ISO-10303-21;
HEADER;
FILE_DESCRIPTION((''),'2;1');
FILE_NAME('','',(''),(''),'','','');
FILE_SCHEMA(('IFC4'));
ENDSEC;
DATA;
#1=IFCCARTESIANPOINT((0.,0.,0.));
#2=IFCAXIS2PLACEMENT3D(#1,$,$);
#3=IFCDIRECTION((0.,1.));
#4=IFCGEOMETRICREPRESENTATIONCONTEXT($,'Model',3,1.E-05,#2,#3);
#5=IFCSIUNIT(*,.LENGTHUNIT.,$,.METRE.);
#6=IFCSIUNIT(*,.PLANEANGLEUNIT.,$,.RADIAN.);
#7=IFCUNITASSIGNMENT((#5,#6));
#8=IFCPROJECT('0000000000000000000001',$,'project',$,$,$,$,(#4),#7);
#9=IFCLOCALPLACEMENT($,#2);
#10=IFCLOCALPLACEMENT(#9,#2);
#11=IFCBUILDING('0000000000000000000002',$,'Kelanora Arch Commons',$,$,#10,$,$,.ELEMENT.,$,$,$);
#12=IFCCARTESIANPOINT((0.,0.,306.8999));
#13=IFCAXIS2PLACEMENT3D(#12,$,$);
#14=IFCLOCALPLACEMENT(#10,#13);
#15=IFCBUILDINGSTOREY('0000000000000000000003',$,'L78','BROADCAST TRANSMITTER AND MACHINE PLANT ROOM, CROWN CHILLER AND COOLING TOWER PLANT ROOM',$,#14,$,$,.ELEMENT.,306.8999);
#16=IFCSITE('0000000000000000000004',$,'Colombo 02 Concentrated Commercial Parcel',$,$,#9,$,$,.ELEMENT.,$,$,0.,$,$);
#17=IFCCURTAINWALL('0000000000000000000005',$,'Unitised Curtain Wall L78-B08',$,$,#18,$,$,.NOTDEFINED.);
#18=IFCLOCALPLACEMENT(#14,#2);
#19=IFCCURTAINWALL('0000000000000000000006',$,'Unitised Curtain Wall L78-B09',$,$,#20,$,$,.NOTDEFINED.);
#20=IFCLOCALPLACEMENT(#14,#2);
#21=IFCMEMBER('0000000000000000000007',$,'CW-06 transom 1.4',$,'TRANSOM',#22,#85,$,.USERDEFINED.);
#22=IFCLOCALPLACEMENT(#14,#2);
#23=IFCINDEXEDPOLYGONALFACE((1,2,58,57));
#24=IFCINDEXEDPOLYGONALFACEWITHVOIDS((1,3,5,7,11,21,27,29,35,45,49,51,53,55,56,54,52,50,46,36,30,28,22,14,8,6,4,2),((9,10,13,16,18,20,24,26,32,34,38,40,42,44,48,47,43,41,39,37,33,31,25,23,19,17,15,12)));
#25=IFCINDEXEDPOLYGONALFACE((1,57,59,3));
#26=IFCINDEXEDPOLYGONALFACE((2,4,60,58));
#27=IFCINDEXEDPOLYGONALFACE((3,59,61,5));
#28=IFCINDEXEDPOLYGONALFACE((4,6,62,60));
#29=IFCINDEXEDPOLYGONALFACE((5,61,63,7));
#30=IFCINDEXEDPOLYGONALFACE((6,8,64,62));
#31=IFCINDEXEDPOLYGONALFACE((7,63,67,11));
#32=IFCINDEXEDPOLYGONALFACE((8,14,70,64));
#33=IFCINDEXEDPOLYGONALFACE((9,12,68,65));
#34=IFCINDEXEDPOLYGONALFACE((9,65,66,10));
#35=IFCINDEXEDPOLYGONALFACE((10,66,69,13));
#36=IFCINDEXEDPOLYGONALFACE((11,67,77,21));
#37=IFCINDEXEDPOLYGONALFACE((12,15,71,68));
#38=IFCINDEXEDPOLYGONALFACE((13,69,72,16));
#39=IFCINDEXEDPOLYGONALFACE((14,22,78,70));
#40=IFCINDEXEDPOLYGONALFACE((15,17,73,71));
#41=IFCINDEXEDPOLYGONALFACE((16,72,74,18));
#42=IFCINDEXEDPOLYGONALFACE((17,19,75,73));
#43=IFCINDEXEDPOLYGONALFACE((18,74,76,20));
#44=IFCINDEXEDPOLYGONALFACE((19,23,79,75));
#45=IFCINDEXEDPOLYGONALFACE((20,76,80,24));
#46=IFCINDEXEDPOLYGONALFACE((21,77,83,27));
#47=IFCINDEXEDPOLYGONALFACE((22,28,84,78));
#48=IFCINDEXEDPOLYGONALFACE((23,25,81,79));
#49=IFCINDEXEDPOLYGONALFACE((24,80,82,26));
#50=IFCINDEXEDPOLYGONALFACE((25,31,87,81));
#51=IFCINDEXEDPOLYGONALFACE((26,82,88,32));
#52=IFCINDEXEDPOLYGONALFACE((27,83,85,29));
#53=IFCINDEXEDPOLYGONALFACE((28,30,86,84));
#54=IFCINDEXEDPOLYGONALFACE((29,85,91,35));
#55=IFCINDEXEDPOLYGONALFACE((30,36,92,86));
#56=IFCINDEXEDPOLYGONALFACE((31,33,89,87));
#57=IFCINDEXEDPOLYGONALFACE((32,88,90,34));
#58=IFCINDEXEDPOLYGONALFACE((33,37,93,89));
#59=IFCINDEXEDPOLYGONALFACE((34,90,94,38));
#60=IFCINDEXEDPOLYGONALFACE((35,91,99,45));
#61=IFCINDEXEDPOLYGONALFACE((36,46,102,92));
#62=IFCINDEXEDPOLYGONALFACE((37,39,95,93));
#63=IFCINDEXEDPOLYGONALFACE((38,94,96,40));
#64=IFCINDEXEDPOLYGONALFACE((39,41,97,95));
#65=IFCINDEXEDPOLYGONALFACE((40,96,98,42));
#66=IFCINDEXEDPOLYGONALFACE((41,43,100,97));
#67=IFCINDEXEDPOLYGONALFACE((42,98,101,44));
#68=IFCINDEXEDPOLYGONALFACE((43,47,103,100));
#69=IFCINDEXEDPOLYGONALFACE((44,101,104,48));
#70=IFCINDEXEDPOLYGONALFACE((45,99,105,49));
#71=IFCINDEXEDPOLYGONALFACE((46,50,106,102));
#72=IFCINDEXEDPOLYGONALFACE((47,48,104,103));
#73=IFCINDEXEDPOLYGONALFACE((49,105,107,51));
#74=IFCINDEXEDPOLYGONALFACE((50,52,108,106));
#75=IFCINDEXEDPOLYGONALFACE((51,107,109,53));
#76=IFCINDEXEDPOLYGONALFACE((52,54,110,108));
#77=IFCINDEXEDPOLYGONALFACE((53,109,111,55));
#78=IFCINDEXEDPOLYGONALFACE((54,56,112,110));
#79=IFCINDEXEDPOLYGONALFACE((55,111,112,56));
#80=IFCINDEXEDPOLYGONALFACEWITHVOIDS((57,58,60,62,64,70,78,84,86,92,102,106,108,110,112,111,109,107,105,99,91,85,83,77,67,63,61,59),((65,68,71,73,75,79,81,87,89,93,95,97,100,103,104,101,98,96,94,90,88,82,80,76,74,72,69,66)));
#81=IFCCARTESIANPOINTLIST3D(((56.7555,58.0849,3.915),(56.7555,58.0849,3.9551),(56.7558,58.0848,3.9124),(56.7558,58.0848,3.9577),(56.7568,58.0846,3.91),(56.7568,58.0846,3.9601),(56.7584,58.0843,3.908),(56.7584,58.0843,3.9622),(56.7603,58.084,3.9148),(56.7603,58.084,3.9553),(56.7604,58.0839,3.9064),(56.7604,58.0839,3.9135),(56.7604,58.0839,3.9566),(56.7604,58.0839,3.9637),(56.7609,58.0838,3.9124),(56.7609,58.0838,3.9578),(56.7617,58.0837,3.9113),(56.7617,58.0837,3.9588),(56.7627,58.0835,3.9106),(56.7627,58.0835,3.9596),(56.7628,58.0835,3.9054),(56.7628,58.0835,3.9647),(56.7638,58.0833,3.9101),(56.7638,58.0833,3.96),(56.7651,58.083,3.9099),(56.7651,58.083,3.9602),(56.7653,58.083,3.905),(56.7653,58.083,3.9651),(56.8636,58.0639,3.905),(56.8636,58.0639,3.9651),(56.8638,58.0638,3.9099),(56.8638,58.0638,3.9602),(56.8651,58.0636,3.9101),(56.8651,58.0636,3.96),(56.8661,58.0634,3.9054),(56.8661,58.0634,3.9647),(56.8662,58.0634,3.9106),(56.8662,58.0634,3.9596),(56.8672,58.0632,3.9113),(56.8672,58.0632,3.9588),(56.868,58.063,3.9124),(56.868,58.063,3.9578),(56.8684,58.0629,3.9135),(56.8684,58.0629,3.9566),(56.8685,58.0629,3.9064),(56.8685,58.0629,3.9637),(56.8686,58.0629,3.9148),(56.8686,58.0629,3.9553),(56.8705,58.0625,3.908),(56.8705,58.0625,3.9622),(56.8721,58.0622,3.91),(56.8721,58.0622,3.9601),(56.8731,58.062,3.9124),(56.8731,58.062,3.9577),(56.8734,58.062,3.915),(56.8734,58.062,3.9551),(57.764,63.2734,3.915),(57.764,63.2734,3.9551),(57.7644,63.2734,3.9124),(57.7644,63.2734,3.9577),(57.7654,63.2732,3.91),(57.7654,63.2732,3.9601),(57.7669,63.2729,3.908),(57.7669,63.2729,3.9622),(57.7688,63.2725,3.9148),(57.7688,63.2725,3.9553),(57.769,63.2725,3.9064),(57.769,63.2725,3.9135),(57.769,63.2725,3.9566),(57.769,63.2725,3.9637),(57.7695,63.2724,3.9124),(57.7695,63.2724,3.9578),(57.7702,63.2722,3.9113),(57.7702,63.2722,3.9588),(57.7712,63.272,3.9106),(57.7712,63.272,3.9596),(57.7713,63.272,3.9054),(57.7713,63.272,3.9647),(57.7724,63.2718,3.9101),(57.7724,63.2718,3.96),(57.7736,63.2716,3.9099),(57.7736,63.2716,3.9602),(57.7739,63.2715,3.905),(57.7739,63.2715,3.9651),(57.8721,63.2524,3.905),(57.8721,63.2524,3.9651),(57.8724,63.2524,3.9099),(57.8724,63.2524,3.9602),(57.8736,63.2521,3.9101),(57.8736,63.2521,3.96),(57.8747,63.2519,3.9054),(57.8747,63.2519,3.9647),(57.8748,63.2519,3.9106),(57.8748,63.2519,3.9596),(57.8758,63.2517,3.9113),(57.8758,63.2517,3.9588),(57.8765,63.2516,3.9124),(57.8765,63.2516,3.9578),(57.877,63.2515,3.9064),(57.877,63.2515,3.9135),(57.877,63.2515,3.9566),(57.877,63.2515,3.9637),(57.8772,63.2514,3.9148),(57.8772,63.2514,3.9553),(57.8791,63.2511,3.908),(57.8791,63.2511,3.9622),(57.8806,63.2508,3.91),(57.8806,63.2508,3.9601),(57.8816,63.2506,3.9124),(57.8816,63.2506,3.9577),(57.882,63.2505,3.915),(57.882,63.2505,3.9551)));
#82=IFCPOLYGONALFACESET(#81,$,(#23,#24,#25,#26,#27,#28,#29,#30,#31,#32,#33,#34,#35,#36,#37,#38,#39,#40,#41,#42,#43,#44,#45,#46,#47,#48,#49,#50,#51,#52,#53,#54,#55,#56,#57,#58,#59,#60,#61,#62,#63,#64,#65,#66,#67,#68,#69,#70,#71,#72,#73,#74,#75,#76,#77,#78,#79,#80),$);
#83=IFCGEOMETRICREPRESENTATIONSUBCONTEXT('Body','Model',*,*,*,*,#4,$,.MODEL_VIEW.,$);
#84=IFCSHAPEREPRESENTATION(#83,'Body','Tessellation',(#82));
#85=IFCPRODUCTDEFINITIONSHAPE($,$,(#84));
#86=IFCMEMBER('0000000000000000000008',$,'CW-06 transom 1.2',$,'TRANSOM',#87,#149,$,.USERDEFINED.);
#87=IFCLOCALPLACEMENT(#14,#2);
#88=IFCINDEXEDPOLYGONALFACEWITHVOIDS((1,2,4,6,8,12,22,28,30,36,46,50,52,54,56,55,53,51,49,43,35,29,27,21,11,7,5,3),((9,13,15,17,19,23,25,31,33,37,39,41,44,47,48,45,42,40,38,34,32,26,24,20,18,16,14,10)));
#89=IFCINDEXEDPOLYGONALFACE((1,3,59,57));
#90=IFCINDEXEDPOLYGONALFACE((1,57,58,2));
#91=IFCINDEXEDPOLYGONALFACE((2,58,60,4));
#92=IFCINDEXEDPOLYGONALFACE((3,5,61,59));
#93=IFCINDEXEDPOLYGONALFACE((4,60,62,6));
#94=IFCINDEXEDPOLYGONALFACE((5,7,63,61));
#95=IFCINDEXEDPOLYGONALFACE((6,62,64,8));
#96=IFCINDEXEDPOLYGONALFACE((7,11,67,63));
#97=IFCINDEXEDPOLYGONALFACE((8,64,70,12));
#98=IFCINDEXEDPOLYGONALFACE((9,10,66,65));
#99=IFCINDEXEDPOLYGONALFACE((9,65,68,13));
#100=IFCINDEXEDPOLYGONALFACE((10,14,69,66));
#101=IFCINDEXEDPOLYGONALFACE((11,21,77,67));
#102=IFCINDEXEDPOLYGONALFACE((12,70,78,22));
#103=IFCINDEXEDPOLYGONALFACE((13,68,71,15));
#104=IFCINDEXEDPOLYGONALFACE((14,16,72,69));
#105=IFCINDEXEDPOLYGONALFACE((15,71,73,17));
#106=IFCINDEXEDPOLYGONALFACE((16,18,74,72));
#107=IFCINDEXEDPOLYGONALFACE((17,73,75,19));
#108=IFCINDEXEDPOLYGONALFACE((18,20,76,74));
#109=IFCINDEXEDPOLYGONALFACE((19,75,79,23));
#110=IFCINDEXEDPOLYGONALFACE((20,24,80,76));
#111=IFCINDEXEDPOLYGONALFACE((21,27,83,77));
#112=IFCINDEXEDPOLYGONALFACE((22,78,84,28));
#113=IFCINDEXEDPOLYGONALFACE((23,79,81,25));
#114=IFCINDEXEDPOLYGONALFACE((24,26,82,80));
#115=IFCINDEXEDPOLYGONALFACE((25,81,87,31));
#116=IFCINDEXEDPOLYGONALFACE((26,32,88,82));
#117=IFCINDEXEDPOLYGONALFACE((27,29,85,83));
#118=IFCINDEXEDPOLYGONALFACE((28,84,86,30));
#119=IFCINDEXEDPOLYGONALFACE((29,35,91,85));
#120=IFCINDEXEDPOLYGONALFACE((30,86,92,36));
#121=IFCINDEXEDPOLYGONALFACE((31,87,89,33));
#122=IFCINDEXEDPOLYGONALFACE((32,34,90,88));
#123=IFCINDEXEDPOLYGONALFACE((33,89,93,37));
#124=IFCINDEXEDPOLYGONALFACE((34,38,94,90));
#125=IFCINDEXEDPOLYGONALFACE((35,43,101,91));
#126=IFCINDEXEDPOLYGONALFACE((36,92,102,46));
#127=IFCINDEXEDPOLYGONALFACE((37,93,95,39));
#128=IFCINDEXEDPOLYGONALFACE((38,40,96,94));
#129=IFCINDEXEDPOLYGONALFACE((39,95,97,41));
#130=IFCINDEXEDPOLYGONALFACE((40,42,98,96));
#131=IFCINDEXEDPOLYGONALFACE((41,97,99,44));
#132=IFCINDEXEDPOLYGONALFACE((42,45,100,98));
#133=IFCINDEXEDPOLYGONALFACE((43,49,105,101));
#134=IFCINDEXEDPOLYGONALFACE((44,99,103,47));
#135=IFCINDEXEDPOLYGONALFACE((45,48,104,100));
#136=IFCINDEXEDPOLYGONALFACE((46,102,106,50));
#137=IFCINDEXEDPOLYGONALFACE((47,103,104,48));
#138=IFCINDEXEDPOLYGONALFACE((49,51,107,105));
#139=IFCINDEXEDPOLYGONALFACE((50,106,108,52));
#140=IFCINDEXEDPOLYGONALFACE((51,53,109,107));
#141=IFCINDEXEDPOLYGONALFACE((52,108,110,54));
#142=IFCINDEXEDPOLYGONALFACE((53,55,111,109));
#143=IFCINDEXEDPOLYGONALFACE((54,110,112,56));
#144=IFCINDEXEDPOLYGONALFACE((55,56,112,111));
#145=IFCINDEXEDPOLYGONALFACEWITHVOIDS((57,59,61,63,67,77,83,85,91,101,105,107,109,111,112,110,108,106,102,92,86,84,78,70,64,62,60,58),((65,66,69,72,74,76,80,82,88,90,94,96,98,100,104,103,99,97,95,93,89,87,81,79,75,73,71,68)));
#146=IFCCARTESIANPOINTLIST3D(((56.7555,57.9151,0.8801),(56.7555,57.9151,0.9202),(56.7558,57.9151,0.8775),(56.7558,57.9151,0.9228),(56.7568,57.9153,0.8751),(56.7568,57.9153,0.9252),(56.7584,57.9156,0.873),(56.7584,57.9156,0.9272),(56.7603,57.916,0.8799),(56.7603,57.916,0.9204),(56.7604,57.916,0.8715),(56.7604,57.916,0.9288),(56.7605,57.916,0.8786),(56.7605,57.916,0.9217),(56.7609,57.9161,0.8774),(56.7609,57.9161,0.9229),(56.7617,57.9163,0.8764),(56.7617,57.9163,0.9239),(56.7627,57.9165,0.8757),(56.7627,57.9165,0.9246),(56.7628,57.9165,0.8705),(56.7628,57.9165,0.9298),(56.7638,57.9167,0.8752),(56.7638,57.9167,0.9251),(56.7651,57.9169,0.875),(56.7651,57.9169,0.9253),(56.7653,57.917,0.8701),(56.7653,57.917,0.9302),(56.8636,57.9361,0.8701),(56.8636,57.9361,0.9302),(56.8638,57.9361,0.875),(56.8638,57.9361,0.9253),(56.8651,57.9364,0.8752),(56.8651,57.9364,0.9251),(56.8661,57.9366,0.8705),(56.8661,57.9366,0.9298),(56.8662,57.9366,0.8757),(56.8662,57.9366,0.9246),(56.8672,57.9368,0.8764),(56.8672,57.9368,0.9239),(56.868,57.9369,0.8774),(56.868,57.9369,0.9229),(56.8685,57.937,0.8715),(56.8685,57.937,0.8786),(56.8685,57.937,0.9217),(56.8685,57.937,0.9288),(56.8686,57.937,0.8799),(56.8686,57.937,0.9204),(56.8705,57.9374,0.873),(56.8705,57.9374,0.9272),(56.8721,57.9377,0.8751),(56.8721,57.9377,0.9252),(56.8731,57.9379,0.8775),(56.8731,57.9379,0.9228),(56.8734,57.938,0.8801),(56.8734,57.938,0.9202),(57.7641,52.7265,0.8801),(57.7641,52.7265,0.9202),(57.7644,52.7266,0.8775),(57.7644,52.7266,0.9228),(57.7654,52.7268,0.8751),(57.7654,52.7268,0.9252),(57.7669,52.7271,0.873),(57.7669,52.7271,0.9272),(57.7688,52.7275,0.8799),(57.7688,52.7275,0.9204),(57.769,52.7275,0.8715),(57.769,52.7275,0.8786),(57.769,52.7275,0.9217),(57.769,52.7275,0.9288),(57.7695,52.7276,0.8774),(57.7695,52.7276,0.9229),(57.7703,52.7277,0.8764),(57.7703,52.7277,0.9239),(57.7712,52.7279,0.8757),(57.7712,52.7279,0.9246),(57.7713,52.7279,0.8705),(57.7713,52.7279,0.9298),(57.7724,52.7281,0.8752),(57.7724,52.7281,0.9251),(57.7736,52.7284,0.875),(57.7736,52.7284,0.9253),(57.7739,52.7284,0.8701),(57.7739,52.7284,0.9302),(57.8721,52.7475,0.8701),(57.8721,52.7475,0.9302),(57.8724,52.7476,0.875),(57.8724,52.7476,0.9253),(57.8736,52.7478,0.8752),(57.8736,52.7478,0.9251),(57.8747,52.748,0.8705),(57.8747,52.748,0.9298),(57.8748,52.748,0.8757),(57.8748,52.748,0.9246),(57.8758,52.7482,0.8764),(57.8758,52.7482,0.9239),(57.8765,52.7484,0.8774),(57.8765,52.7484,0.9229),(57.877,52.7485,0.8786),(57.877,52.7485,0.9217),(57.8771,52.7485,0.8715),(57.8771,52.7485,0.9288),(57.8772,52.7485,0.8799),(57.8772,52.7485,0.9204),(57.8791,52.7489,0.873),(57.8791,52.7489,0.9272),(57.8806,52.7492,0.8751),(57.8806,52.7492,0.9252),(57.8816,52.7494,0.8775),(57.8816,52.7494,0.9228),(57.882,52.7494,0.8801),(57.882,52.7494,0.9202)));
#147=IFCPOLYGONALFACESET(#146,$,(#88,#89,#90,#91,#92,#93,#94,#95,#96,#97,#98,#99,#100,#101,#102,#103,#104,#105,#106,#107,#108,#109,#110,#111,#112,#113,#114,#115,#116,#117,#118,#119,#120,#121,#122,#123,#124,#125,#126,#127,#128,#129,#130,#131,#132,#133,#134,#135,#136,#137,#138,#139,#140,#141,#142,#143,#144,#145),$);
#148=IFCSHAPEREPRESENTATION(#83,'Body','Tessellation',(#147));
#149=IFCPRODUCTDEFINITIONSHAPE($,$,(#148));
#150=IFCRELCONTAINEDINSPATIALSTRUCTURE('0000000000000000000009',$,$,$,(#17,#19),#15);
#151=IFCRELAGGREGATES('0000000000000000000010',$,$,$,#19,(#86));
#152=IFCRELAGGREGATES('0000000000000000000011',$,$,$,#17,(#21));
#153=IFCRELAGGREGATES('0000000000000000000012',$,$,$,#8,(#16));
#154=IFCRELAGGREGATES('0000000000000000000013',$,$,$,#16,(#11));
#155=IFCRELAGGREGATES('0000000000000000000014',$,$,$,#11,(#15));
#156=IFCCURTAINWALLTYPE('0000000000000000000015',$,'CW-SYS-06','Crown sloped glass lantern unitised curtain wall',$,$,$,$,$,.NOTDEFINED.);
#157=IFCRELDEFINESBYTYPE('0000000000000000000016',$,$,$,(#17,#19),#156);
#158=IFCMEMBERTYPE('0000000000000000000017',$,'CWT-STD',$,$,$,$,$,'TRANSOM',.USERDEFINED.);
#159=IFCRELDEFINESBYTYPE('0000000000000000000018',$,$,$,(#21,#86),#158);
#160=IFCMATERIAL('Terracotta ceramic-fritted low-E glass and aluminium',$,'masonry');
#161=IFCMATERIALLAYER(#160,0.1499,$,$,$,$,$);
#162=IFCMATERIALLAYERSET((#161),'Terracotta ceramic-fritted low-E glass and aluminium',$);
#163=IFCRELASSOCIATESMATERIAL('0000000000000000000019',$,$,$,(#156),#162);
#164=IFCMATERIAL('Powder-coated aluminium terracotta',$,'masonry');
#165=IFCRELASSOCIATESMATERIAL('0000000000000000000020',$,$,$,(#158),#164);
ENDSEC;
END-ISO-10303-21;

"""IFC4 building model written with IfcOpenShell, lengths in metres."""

from ifc_helpers import new_model, si_unit, direction, frame, origin, origin_2d, place, context, subcontext, project, spatial, hollow_rectangle, extrude, material, layer, layer_set, material_profile, profile_set, type_object, element, aggregate, save


model = new_model("IFC4")

# Units and contexts
model_context = context("Model", 3, precision=1e-05, world=origin(), true_north=direction((0.0, 1.0)))
body_context = subcontext(model_context, "Body", "Model", "MODEL_VIEW")
ifc_project = project(units=[si_unit("LENGTHUNIT", "METRE"), si_unit("PLANEANGLEUNIT", "RADIAN")], contexts=[model_context])

# Site, building, storey
site_placement = place(None, origin())
site = spatial("IfcSite", under=ifc_project, at=site_placement, Name="Colombo 02 Concentrated Commercial Parcel", CompositionType="ELEMENT", RefElevation=0.0)
building_placement = place(site_placement, origin())
building = spatial("IfcBuilding", under=site, at=building_placement, Name="Kelanora Arch Commons", CompositionType="ELEMENT")
storey_placement = place(building_placement, frame((0.0, 0.0, 306.8999)))
storey = spatial("IfcBuildingStorey", under=building, at=storey_placement, Name="L78", Description="BROADCAST TRANSMITTER AND MACHINE PLANT ROOM, CROWN CHILLER AND COOLING TOWER PLANT ROOM", CompositionType="ELEMENT", Elevation=306.8999)

# Shared definitions
ifc_material_1 = material(Name="Terracotta ceramic-fritted low-E glass and aluminium", Category="masonry")
ifc_layer_1 = layer(ifc_material_1, 0.1499)
ifc_layer_set_1 = layer_set([ifc_layer_1], Name="Terracotta ceramic-fritted low-E glass and aluminium")
curtain_wall_type = type_object("IfcCurtainWallType", Name="CW-SYS-06", Description="Crown sloped glass lantern unitised curtain wall", PredefinedType="NOTDEFINED", material=ifc_layer_set_1)
ifc_material_2 = material(Name="Powder-coated aluminium terracotta", Category="masonry")

# Curtain wall
curtain_wall_1_placement = place(storey_placement, origin())
curtain_wall_1 = element("IfcCurtainWall", 1, at=curtain_wall_1_placement, inside=storey, type_object=curtain_wall_type, Name="Unitised Curtain Wall L78-B08", PredefinedType="NOTDEFINED")

# Curtain wall
curtain_wall_2_placement = place(storey_placement, origin())
curtain_wall_2 = element("IfcCurtainWall", 2, at=curtain_wall_2_placement, inside=storey, type_object=curtain_wall_type, Name="Unitised Curtain Wall L78-B09", PredefinedType="NOTDEFINED")

# Members
ifc_material_profile_1 = material_profile(ifc_material_2, hollow_rectangle(XDim=0.1201, YDim=0.0601, WallThickness=0.0049, InnerFilletRadius=0.0049, OuterFilletRadius=0.01, at=origin_2d()), Name="CWT120x60")
ifc_profile_set_1 = profile_set([ifc_material_profile_1], Name="Powder-coated aluminium terracotta")
member_type_1 = type_object("IfcMemberType", Name="CWT-STD", ElementType="TRANSOM", PredefinedType="USERDEFINED", material=ifc_profile_set_1)
member_1_placement = place(storey_placement, frame((57.823, 63.262, 3.9351), z_axis=(-0.19081, -0.981627, 0.0), x_axis=(0.981627, -0.19081, 0.0)))
member_1 = element("IfcMember", 3, at=member_1_placement, type_object=member_type_1, Name="CW-06 transom 1.4", ObjectType="TRANSOM", PredefinedType="USERDEFINED", context=body_context, shape_type="SweptSolid", body=[
    extrude(hollow_rectangle(XDim=0.1201, YDim=0.0601, WallThickness=0.0049, InnerFilletRadius=0.0049, OuterFilletRadius=0.01, at=origin_2d()), origin(), (0.0, 0.0, 1.0), 5.2856),
])
member_2_placement = place(storey_placement, frame((56.8145, 57.9265, 0.9001), z_axis=(0.19081, -0.981627, 0.0), x_axis=(0.981627, 0.19081, 0.0)))
member_2 = element("IfcMember", 4, at=member_2_placement, type_object=member_type_1, Name="CW-06 transom 1.2", ObjectType="TRANSOM", PredefinedType="USERDEFINED", context=body_context, shape_type="SweptSolid", body=[
    extrude(hollow_rectangle(XDim=0.1201, YDim=0.0601, WallThickness=0.0049, InnerFilletRadius=0.0049, OuterFilletRadius=0.01, at=origin_2d()), origin(), (0.0, 0.0, 1.0), 5.2856),
])
aggregate(curtain_wall_2, [member_2])

aggregate(curtain_wall_1, [member_1])

save(model, "model.ifc")
